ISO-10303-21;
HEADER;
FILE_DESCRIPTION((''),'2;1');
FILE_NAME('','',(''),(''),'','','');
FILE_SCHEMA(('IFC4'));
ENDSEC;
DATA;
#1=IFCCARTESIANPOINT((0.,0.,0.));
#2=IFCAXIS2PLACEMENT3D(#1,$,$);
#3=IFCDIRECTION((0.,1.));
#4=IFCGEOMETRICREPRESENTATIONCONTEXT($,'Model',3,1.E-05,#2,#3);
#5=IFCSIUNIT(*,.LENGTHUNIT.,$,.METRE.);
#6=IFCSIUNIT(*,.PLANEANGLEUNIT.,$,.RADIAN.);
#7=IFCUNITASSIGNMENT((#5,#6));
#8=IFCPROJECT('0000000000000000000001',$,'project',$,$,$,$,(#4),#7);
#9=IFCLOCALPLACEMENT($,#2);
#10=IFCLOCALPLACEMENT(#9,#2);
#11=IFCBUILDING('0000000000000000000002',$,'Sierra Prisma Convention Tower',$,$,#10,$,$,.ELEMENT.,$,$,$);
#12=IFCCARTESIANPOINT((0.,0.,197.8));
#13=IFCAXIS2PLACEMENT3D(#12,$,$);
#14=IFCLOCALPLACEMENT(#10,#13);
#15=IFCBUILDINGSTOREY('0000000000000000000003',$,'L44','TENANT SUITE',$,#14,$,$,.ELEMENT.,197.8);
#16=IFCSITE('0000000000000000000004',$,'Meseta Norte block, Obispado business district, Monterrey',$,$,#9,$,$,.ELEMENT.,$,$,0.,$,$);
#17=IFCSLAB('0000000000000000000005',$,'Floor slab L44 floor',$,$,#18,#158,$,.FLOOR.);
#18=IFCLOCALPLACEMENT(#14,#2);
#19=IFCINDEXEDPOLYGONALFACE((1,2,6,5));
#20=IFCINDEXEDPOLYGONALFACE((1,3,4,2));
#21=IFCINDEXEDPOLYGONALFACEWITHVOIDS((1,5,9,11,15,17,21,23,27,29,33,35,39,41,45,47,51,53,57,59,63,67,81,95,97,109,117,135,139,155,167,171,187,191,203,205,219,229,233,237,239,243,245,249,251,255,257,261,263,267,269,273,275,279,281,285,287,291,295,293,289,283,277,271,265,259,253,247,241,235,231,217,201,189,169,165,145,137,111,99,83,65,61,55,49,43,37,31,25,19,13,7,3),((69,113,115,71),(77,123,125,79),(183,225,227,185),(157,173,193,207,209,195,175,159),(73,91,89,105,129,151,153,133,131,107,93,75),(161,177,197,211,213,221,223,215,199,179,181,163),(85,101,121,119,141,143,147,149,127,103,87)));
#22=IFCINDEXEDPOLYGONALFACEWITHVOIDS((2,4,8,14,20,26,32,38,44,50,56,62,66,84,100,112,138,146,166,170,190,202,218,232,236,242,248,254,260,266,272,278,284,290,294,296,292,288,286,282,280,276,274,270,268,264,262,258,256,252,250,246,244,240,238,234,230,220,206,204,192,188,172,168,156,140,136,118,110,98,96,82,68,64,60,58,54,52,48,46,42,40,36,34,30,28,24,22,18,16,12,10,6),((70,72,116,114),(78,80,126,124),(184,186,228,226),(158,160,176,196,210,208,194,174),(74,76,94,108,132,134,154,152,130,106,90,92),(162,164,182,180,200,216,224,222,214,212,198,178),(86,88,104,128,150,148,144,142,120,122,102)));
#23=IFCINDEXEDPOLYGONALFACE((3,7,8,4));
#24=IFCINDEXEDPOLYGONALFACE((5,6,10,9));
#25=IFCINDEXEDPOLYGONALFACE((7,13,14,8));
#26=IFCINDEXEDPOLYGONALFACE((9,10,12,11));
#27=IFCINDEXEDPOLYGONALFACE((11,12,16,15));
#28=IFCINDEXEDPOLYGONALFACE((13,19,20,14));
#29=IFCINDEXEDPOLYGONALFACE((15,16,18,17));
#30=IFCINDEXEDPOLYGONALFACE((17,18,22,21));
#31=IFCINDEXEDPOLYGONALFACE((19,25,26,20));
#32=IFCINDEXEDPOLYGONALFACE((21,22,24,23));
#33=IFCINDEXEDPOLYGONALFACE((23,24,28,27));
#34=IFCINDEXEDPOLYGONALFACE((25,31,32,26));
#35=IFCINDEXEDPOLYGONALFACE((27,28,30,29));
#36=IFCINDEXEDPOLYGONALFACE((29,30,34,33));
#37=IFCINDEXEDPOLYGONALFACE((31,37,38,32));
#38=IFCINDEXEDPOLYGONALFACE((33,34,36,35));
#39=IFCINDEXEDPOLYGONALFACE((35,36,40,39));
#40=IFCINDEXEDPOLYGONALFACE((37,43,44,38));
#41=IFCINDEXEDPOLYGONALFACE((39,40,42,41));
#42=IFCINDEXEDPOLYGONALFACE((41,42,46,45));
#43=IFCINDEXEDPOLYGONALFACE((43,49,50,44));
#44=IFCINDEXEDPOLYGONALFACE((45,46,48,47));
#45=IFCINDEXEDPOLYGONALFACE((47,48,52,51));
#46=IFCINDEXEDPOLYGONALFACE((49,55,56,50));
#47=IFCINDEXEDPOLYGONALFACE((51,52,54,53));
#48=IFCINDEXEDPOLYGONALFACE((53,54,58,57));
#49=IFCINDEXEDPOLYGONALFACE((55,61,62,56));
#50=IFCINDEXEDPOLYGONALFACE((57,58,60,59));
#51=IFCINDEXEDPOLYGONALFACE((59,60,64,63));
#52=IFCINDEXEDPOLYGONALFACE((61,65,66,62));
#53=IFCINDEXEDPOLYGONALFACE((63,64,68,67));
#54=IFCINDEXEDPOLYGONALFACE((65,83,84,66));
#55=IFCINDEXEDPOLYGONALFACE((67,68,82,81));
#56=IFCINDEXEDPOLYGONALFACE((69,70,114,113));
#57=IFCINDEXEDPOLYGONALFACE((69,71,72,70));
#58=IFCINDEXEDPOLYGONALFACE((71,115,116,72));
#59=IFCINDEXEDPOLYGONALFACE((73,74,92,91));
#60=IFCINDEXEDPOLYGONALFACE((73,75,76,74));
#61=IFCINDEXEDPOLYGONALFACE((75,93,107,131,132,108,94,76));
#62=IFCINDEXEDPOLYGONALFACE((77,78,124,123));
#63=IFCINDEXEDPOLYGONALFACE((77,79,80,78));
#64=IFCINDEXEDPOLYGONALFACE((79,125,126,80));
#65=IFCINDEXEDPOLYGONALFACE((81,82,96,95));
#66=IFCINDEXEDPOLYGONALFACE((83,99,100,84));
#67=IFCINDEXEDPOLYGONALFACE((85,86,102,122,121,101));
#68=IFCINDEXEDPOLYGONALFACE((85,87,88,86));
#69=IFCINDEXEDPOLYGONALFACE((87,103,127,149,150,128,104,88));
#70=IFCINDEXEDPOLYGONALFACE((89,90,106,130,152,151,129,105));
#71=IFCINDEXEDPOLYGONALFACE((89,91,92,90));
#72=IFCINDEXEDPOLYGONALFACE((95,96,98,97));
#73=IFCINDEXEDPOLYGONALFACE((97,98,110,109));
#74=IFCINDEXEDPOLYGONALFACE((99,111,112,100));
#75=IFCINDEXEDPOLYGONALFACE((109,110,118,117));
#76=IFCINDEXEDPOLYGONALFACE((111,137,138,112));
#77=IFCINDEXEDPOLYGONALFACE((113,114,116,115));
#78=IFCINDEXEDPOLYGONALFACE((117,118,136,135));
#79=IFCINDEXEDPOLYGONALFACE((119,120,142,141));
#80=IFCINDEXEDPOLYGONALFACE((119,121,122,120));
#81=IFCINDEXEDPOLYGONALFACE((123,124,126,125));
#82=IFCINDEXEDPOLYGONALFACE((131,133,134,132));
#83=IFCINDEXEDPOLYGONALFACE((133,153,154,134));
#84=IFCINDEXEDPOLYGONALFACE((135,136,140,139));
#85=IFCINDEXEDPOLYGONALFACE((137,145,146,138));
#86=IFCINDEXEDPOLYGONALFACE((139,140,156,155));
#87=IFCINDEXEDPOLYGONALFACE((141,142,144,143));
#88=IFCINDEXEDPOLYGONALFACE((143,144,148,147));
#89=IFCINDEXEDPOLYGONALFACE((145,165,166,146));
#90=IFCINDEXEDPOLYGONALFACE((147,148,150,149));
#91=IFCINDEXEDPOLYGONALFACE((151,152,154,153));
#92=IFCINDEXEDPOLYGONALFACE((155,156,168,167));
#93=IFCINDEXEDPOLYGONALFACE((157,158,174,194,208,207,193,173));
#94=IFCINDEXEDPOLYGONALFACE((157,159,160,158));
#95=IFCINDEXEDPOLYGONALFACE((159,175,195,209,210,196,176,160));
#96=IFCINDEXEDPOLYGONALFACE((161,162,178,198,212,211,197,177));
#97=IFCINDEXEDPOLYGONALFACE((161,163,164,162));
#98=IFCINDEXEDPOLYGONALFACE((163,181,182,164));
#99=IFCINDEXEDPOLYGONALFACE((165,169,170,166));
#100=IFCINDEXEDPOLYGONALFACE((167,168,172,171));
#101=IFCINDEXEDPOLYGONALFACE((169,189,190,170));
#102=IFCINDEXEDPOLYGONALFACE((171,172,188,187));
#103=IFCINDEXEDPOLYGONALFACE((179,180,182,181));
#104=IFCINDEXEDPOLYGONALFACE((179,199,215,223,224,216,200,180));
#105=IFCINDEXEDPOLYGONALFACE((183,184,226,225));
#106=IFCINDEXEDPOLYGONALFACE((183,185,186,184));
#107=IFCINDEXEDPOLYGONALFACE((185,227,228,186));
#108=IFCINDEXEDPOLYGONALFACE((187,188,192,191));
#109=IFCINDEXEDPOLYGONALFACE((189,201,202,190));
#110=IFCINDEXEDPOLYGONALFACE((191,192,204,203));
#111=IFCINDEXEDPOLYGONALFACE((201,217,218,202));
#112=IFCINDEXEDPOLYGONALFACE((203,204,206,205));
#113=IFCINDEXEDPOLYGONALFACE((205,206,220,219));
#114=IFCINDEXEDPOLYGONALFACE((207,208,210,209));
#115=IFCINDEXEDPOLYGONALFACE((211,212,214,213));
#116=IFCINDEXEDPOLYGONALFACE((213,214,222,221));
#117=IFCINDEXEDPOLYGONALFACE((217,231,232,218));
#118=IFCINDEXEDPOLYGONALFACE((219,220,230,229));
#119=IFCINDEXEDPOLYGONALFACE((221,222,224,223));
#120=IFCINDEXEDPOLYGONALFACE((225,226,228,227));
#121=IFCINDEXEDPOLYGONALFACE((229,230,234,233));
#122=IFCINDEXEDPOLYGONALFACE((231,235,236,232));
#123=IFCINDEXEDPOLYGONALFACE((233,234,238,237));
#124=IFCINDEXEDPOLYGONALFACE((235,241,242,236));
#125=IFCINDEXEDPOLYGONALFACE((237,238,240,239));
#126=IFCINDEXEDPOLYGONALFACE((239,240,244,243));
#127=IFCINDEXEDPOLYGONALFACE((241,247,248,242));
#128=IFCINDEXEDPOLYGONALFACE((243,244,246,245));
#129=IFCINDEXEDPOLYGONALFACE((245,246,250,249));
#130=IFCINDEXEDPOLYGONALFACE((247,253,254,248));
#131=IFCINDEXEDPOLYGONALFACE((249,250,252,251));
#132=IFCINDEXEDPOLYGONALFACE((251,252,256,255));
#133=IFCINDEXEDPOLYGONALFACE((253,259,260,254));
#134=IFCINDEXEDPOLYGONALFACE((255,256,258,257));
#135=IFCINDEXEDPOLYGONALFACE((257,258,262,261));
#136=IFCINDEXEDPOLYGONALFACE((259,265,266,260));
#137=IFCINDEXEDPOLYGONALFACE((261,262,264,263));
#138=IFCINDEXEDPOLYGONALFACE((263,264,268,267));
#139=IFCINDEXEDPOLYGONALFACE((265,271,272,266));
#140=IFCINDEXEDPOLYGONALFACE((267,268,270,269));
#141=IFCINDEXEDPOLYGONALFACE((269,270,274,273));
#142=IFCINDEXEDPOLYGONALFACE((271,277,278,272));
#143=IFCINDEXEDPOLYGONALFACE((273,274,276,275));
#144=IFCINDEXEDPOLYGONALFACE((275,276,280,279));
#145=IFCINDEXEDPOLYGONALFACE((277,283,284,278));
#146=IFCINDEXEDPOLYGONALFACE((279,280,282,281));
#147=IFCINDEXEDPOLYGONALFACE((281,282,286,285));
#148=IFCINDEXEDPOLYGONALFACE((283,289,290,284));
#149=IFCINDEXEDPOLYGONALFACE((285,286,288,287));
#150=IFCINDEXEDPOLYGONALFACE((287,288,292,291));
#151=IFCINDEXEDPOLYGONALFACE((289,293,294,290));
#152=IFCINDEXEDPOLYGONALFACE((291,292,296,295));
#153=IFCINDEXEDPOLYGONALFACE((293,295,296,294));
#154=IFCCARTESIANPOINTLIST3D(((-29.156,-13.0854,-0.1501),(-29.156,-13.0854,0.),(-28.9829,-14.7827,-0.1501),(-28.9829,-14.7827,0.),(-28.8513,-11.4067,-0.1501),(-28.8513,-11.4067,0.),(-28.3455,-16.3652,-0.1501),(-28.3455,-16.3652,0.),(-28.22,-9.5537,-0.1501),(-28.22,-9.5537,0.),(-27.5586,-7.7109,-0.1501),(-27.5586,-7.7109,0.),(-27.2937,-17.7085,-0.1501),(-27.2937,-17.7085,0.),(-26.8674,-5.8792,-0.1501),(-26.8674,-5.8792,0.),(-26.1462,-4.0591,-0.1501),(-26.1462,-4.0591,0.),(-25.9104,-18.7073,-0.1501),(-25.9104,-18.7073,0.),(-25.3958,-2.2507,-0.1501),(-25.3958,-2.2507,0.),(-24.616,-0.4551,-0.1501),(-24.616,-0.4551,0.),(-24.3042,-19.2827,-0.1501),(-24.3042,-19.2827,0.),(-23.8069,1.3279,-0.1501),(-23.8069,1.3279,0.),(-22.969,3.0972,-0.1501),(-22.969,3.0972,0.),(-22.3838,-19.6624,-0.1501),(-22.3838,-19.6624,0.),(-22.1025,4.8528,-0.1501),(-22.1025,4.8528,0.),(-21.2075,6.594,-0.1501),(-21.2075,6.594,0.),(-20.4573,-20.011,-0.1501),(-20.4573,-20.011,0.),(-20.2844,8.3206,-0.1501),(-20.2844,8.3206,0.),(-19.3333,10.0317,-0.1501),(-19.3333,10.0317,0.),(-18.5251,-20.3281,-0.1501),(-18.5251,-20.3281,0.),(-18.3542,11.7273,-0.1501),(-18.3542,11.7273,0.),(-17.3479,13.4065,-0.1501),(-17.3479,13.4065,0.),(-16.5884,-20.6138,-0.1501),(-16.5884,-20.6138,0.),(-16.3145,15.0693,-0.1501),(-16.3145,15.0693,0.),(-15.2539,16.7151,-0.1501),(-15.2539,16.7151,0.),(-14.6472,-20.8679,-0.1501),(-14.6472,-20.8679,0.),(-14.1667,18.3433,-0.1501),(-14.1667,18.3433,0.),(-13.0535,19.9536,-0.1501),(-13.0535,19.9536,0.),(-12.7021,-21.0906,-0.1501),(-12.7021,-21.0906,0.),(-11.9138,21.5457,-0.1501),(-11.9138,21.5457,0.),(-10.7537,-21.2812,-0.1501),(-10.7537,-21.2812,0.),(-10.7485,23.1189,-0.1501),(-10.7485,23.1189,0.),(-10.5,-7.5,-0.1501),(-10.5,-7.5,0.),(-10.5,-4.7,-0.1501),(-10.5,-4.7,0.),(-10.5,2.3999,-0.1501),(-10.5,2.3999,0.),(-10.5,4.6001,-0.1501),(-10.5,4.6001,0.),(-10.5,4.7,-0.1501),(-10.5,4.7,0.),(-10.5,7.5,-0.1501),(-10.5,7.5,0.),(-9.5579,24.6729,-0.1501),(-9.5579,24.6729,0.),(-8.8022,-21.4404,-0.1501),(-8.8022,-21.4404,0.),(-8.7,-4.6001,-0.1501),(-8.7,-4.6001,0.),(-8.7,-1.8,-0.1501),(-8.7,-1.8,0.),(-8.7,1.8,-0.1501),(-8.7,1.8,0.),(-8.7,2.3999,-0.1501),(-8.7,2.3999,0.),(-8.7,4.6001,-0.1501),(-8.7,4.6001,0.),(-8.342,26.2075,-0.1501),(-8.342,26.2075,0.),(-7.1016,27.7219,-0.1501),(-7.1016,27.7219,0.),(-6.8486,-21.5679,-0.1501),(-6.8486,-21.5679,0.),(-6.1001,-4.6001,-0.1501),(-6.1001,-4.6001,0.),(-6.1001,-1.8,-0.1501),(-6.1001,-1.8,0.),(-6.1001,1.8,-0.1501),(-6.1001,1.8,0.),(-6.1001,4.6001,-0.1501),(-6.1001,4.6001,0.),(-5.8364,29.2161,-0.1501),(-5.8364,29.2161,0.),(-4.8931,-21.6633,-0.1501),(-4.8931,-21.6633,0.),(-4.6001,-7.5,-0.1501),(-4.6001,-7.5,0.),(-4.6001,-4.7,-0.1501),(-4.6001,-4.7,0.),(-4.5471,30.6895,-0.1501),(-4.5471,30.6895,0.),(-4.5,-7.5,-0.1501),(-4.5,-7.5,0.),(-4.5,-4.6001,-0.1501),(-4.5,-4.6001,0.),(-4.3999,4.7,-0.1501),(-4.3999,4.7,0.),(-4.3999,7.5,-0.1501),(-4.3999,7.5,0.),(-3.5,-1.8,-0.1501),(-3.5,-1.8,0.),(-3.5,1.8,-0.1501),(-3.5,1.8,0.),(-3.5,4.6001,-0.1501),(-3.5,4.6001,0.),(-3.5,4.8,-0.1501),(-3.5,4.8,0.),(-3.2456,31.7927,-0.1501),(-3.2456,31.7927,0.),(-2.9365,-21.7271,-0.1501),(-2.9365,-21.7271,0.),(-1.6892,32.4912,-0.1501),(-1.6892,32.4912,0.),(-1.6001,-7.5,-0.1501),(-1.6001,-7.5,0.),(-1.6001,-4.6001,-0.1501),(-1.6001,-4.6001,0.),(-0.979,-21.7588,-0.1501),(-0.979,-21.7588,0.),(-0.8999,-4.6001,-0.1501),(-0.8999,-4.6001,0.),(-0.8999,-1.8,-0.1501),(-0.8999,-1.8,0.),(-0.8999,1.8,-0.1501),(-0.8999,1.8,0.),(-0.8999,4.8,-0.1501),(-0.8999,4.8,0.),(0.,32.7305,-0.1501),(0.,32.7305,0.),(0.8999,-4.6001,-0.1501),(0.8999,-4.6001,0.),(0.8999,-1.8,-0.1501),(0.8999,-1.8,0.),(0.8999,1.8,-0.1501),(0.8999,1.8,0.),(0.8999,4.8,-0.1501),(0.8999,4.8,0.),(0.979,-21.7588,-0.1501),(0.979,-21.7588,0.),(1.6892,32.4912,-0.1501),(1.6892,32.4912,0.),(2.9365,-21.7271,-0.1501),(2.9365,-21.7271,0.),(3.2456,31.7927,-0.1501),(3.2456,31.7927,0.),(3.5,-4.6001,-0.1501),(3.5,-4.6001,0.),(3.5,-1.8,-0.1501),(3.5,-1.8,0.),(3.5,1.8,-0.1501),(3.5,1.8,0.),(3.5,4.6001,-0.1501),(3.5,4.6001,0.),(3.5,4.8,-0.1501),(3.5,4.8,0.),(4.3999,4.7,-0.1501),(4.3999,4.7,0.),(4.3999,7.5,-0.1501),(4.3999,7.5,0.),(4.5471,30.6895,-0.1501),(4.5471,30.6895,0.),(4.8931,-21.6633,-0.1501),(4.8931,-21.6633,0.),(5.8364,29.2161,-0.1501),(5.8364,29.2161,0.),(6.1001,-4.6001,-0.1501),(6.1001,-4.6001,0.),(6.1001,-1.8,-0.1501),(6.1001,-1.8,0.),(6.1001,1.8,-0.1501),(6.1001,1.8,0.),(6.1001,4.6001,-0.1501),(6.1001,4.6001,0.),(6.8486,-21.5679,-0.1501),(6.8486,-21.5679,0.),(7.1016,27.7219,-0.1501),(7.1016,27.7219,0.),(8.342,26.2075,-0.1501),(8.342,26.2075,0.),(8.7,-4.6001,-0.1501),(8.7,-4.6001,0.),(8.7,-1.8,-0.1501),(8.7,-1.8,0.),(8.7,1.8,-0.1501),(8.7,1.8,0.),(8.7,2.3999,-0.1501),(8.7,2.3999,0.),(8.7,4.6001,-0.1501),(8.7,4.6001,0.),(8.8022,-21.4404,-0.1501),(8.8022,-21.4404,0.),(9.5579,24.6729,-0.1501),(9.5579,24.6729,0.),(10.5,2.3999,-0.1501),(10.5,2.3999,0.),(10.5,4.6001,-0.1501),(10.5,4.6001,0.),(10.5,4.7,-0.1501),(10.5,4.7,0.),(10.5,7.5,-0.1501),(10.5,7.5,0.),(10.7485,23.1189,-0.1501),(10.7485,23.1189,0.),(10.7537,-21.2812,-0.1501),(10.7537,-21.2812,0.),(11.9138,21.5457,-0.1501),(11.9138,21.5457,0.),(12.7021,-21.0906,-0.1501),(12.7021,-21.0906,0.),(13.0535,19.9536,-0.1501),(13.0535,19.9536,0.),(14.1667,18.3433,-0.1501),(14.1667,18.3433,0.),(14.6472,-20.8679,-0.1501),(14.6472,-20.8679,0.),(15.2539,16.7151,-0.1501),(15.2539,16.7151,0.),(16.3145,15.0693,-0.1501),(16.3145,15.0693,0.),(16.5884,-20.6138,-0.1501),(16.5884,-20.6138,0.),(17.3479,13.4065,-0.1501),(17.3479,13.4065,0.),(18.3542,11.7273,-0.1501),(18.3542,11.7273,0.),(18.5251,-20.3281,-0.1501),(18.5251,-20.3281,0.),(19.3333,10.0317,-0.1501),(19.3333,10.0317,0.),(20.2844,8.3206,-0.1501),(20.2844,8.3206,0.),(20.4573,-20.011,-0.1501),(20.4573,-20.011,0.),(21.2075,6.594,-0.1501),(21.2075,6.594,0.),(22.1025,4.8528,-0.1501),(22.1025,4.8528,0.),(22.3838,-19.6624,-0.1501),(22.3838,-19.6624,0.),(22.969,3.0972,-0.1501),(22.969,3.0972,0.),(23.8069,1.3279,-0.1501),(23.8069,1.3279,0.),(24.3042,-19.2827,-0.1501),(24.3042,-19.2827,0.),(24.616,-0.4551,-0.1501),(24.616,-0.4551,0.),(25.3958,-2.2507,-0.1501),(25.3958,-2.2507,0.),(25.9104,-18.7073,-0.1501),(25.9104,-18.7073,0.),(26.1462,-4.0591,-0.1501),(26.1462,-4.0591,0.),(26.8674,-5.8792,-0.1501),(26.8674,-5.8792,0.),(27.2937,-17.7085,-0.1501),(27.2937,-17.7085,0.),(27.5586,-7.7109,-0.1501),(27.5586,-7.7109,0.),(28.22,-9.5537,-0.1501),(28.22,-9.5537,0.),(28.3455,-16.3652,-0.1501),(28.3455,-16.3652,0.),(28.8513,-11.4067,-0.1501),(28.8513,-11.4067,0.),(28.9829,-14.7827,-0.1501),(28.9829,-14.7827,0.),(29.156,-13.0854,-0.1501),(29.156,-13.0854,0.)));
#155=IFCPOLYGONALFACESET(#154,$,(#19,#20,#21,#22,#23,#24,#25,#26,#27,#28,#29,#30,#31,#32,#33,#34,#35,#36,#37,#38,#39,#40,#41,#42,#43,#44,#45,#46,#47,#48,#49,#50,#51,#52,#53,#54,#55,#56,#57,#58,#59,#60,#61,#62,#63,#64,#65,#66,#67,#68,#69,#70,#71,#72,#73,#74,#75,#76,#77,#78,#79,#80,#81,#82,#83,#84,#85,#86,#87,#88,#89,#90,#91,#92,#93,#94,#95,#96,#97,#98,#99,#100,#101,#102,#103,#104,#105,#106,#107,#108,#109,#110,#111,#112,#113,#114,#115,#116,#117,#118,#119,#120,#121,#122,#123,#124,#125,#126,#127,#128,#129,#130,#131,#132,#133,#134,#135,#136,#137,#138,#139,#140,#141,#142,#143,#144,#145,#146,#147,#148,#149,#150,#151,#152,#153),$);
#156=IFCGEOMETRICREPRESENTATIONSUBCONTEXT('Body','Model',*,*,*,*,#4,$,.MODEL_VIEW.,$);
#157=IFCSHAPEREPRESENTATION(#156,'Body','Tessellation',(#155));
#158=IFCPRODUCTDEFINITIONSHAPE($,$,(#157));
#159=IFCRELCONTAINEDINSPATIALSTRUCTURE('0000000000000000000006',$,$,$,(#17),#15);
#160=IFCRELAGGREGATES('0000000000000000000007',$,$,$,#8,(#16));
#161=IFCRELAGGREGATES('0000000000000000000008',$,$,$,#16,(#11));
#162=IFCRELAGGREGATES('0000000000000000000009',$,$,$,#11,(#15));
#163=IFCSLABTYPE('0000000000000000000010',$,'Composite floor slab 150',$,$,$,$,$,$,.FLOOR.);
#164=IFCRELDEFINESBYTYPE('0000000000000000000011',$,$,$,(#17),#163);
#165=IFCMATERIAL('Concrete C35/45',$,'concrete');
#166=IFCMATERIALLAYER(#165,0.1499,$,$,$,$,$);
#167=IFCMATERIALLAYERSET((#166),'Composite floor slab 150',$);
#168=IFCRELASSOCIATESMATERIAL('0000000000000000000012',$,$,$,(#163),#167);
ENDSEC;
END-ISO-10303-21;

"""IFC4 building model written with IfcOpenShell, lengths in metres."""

from ifc_helpers import new_model, si_unit, direction, frame, origin, place, context, subcontext, project, spatial, polyline, outline, extrude, material, layer, layer_set, type_object, element, save


model = new_model("IFC4")

# Units and contexts
model_context = context("Model", 3, precision=1e-05, world=origin(), true_north=direction((0.0, 1.0)))
body_context = subcontext(model_context, "Body", "Model", "MODEL_VIEW")
ifc_project = project(units=[si_unit("LENGTHUNIT", "METRE"), si_unit("PLANEANGLEUNIT", "RADIAN")], contexts=[model_context])

# Site, building, storey
site_placement = place(None, origin())
site = spatial("IfcSite", under=ifc_project, at=site_placement, Name="Meseta Norte block, Obispado business district, Monterrey", CompositionType="ELEMENT", RefElevation=0.0)
building_placement = place(site_placement, origin())
building = spatial("IfcBuilding", under=site, at=building_placement, Name="Sierra Prisma Convention Tower", CompositionType="ELEMENT")
storey_placement = place(building_placement, frame((0.0, 0.0, 197.8)))
storey = spatial("IfcBuildingStorey", under=building, at=storey_placement, Name="L44", Description="TENANT SUITE", CompositionType="ELEMENT", Elevation=197.8)

# Slab
ifc_material_1 = material(Name="Concrete C35/45", Category="concrete")
ifc_layer_1 = layer(ifc_material_1, 0.1499)
ifc_layer_set_1 = layer_set([ifc_layer_1], Name="Composite floor slab 150")
slab_type = type_object("IfcSlabType", Name="Composite floor slab 150", PredefinedType="FLOOR", material=ifc_layer_set_1)
slab_placement = place(storey_placement, frame((0.0, 0.0, -0.1501)))
element("IfcSlab", 1, at=slab_placement, inside=storey, type_object=slab_type, Name="Floor slab L44 floor", PredefinedType="FLOOR", context=body_context, shape_type="SweptSolid", body=[
    extrude(outline(polyline([(-24.3042, -19.2827), (-22.3838, -19.6624), (-20.4573, -20.011), (-18.5251, -20.3281), (-16.5884, -20.6138), (-14.6472, -20.8679), (-12.7021, -21.0906), (-10.7537, -21.2812), (-8.8022, -21.4404), (-6.8486, -21.5679), (-4.8931, -21.6633), (-2.9365, -21.7271), (-0.979, -21.7588), (0.979, -21.7588), (2.9365, -21.7271), (4.8931, -21.6633), (6.8486, -21.5679), (8.8022, -21.4404), (10.7537, -21.2812), (12.7021, -21.0906), (14.6472, -20.8679), (16.5884, -20.6138), (18.5251, -20.3281), (20.4573, -20.011), (22.3838, -19.6624), (24.3042, -19.2827), (25.9104, -18.7073), (27.2937, -17.7085), (28.3455, -16.3652), (28.9829, -14.7827), (29.156, -13.0854), (28.8513, -11.4067), (28.22, -9.5537), (27.5586, -7.7109), (26.8674, -5.8792), (26.1462, -4.0591), (25.3958, -2.2507), (24.616, -0.4551), (23.8069, 1.3279), (22.969, 3.0972), (22.1025, 4.8528), (21.2075, 6.594), (20.2844, 8.3206), (19.3333, 10.0317), (18.3542, 11.7273), (17.3479, 13.4065), (16.3145, 15.0693), (15.2539, 16.7151), (14.1667, 18.3433), (13.0535, 19.9536), (11.9138, 21.5457), (10.7485, 23.1189), (9.5579, 24.6729), (8.342, 26.2075), (7.1016, 27.7219), (5.8364, 29.2161), (4.5471, 30.6895), (3.2456, 31.7927), (1.6892, 32.4912), (0.0, 32.7305), (-1.6892, 32.4912), (-3.2456, 31.7927), (-4.5471, 30.6895), (-5.8364, 29.2161), (-7.1016, 27.7219), (-8.342, 26.2075), (-9.5579, 24.6729), (-10.7485, 23.1189), (-11.9138, 21.5457), (-13.0535, 19.9536), (-14.1667, 18.3433), (-15.2539, 16.7151), (-16.3145, 15.0693), (-17.3479, 13.4065), (-18.3542, 11.7273), (-19.3333, 10.0317), (-20.2844, 8.3206), (-21.2075, 6.594), (-22.1025, 4.8528), (-22.969, 3.0972), (-23.8069, 1.3279), (-24.616, -0.4551), (-25.3958, -2.2507), (-26.1462, -4.0591), (-26.8674, -5.8792), (-27.5586, -7.7109), (-28.22, -9.5537), (-28.8513, -11.4067), (-29.156, -13.0854), (-28.9829, -14.7827), (-28.3455, -16.3652), (-27.2937, -17.7085), (-25.9104, -18.7073), (-24.3042, -19.2827)]), holes=[polyline([(-4.6001, -7.5), (-10.5, -7.5), (-10.5, -4.7), (-4.6001, -4.7), (-4.6001, -7.5)]), polyline([(-8.7, -4.6001), (-8.7, -1.8), (-6.1001, -1.8), (-3.5, -1.8), (-0.8999, -1.8), (-0.8999, -4.6001), (-1.6001, -4.6001), (-1.6001, -7.5), (-4.5, -7.5), (-4.5, -4.6001), (-6.1001, -4.6001), (-8.7, -4.6001)]), polyline([(-10.5, 4.6001), (-8.7, 4.6001), (-6.1001, 4.6001), (-3.5, 4.6001), (-3.5, 4.8), (-0.8999, 4.8), (-0.8999, 1.8), (-3.5, 1.8), (-6.1001, 1.8), (-8.7, 1.8), (-8.7, 2.3999), (-10.5, 2.3999), (-10.5, 4.6001)]), polyline([(-10.5, 4.7), (-10.5, 7.5), (-4.3999, 7.5), (-4.3999, 4.7), (-10.5, 4.7)]), polyline([(6.1001, -1.8), (8.7, -1.8), (8.7, -4.6001), (6.1001, -4.6001), (3.5, -4.6001), (0.8999, -4.6001), (0.8999, -1.8), (3.5, -1.8), (6.1001, -1.8)]), polyline([(8.7, 4.6001), (10.5, 4.6001), (10.5, 2.3999), (8.7, 2.3999), (8.7, 1.8), (6.1001, 1.8), (3.5, 1.8), (0.8999, 1.8), (0.8999, 4.8), (3.5, 4.8), (3.5, 4.6001), (6.1001, 4.6001), (8.7, 4.6001)]), polyline([(4.3999, 4.7), (4.3999, 7.5), (10.5, 7.5), (10.5, 4.7), (4.3999, 4.7)])]), origin(), (0.0, 0.0, 1.0), 0.1501),
])

save(model, "model.ifc")
